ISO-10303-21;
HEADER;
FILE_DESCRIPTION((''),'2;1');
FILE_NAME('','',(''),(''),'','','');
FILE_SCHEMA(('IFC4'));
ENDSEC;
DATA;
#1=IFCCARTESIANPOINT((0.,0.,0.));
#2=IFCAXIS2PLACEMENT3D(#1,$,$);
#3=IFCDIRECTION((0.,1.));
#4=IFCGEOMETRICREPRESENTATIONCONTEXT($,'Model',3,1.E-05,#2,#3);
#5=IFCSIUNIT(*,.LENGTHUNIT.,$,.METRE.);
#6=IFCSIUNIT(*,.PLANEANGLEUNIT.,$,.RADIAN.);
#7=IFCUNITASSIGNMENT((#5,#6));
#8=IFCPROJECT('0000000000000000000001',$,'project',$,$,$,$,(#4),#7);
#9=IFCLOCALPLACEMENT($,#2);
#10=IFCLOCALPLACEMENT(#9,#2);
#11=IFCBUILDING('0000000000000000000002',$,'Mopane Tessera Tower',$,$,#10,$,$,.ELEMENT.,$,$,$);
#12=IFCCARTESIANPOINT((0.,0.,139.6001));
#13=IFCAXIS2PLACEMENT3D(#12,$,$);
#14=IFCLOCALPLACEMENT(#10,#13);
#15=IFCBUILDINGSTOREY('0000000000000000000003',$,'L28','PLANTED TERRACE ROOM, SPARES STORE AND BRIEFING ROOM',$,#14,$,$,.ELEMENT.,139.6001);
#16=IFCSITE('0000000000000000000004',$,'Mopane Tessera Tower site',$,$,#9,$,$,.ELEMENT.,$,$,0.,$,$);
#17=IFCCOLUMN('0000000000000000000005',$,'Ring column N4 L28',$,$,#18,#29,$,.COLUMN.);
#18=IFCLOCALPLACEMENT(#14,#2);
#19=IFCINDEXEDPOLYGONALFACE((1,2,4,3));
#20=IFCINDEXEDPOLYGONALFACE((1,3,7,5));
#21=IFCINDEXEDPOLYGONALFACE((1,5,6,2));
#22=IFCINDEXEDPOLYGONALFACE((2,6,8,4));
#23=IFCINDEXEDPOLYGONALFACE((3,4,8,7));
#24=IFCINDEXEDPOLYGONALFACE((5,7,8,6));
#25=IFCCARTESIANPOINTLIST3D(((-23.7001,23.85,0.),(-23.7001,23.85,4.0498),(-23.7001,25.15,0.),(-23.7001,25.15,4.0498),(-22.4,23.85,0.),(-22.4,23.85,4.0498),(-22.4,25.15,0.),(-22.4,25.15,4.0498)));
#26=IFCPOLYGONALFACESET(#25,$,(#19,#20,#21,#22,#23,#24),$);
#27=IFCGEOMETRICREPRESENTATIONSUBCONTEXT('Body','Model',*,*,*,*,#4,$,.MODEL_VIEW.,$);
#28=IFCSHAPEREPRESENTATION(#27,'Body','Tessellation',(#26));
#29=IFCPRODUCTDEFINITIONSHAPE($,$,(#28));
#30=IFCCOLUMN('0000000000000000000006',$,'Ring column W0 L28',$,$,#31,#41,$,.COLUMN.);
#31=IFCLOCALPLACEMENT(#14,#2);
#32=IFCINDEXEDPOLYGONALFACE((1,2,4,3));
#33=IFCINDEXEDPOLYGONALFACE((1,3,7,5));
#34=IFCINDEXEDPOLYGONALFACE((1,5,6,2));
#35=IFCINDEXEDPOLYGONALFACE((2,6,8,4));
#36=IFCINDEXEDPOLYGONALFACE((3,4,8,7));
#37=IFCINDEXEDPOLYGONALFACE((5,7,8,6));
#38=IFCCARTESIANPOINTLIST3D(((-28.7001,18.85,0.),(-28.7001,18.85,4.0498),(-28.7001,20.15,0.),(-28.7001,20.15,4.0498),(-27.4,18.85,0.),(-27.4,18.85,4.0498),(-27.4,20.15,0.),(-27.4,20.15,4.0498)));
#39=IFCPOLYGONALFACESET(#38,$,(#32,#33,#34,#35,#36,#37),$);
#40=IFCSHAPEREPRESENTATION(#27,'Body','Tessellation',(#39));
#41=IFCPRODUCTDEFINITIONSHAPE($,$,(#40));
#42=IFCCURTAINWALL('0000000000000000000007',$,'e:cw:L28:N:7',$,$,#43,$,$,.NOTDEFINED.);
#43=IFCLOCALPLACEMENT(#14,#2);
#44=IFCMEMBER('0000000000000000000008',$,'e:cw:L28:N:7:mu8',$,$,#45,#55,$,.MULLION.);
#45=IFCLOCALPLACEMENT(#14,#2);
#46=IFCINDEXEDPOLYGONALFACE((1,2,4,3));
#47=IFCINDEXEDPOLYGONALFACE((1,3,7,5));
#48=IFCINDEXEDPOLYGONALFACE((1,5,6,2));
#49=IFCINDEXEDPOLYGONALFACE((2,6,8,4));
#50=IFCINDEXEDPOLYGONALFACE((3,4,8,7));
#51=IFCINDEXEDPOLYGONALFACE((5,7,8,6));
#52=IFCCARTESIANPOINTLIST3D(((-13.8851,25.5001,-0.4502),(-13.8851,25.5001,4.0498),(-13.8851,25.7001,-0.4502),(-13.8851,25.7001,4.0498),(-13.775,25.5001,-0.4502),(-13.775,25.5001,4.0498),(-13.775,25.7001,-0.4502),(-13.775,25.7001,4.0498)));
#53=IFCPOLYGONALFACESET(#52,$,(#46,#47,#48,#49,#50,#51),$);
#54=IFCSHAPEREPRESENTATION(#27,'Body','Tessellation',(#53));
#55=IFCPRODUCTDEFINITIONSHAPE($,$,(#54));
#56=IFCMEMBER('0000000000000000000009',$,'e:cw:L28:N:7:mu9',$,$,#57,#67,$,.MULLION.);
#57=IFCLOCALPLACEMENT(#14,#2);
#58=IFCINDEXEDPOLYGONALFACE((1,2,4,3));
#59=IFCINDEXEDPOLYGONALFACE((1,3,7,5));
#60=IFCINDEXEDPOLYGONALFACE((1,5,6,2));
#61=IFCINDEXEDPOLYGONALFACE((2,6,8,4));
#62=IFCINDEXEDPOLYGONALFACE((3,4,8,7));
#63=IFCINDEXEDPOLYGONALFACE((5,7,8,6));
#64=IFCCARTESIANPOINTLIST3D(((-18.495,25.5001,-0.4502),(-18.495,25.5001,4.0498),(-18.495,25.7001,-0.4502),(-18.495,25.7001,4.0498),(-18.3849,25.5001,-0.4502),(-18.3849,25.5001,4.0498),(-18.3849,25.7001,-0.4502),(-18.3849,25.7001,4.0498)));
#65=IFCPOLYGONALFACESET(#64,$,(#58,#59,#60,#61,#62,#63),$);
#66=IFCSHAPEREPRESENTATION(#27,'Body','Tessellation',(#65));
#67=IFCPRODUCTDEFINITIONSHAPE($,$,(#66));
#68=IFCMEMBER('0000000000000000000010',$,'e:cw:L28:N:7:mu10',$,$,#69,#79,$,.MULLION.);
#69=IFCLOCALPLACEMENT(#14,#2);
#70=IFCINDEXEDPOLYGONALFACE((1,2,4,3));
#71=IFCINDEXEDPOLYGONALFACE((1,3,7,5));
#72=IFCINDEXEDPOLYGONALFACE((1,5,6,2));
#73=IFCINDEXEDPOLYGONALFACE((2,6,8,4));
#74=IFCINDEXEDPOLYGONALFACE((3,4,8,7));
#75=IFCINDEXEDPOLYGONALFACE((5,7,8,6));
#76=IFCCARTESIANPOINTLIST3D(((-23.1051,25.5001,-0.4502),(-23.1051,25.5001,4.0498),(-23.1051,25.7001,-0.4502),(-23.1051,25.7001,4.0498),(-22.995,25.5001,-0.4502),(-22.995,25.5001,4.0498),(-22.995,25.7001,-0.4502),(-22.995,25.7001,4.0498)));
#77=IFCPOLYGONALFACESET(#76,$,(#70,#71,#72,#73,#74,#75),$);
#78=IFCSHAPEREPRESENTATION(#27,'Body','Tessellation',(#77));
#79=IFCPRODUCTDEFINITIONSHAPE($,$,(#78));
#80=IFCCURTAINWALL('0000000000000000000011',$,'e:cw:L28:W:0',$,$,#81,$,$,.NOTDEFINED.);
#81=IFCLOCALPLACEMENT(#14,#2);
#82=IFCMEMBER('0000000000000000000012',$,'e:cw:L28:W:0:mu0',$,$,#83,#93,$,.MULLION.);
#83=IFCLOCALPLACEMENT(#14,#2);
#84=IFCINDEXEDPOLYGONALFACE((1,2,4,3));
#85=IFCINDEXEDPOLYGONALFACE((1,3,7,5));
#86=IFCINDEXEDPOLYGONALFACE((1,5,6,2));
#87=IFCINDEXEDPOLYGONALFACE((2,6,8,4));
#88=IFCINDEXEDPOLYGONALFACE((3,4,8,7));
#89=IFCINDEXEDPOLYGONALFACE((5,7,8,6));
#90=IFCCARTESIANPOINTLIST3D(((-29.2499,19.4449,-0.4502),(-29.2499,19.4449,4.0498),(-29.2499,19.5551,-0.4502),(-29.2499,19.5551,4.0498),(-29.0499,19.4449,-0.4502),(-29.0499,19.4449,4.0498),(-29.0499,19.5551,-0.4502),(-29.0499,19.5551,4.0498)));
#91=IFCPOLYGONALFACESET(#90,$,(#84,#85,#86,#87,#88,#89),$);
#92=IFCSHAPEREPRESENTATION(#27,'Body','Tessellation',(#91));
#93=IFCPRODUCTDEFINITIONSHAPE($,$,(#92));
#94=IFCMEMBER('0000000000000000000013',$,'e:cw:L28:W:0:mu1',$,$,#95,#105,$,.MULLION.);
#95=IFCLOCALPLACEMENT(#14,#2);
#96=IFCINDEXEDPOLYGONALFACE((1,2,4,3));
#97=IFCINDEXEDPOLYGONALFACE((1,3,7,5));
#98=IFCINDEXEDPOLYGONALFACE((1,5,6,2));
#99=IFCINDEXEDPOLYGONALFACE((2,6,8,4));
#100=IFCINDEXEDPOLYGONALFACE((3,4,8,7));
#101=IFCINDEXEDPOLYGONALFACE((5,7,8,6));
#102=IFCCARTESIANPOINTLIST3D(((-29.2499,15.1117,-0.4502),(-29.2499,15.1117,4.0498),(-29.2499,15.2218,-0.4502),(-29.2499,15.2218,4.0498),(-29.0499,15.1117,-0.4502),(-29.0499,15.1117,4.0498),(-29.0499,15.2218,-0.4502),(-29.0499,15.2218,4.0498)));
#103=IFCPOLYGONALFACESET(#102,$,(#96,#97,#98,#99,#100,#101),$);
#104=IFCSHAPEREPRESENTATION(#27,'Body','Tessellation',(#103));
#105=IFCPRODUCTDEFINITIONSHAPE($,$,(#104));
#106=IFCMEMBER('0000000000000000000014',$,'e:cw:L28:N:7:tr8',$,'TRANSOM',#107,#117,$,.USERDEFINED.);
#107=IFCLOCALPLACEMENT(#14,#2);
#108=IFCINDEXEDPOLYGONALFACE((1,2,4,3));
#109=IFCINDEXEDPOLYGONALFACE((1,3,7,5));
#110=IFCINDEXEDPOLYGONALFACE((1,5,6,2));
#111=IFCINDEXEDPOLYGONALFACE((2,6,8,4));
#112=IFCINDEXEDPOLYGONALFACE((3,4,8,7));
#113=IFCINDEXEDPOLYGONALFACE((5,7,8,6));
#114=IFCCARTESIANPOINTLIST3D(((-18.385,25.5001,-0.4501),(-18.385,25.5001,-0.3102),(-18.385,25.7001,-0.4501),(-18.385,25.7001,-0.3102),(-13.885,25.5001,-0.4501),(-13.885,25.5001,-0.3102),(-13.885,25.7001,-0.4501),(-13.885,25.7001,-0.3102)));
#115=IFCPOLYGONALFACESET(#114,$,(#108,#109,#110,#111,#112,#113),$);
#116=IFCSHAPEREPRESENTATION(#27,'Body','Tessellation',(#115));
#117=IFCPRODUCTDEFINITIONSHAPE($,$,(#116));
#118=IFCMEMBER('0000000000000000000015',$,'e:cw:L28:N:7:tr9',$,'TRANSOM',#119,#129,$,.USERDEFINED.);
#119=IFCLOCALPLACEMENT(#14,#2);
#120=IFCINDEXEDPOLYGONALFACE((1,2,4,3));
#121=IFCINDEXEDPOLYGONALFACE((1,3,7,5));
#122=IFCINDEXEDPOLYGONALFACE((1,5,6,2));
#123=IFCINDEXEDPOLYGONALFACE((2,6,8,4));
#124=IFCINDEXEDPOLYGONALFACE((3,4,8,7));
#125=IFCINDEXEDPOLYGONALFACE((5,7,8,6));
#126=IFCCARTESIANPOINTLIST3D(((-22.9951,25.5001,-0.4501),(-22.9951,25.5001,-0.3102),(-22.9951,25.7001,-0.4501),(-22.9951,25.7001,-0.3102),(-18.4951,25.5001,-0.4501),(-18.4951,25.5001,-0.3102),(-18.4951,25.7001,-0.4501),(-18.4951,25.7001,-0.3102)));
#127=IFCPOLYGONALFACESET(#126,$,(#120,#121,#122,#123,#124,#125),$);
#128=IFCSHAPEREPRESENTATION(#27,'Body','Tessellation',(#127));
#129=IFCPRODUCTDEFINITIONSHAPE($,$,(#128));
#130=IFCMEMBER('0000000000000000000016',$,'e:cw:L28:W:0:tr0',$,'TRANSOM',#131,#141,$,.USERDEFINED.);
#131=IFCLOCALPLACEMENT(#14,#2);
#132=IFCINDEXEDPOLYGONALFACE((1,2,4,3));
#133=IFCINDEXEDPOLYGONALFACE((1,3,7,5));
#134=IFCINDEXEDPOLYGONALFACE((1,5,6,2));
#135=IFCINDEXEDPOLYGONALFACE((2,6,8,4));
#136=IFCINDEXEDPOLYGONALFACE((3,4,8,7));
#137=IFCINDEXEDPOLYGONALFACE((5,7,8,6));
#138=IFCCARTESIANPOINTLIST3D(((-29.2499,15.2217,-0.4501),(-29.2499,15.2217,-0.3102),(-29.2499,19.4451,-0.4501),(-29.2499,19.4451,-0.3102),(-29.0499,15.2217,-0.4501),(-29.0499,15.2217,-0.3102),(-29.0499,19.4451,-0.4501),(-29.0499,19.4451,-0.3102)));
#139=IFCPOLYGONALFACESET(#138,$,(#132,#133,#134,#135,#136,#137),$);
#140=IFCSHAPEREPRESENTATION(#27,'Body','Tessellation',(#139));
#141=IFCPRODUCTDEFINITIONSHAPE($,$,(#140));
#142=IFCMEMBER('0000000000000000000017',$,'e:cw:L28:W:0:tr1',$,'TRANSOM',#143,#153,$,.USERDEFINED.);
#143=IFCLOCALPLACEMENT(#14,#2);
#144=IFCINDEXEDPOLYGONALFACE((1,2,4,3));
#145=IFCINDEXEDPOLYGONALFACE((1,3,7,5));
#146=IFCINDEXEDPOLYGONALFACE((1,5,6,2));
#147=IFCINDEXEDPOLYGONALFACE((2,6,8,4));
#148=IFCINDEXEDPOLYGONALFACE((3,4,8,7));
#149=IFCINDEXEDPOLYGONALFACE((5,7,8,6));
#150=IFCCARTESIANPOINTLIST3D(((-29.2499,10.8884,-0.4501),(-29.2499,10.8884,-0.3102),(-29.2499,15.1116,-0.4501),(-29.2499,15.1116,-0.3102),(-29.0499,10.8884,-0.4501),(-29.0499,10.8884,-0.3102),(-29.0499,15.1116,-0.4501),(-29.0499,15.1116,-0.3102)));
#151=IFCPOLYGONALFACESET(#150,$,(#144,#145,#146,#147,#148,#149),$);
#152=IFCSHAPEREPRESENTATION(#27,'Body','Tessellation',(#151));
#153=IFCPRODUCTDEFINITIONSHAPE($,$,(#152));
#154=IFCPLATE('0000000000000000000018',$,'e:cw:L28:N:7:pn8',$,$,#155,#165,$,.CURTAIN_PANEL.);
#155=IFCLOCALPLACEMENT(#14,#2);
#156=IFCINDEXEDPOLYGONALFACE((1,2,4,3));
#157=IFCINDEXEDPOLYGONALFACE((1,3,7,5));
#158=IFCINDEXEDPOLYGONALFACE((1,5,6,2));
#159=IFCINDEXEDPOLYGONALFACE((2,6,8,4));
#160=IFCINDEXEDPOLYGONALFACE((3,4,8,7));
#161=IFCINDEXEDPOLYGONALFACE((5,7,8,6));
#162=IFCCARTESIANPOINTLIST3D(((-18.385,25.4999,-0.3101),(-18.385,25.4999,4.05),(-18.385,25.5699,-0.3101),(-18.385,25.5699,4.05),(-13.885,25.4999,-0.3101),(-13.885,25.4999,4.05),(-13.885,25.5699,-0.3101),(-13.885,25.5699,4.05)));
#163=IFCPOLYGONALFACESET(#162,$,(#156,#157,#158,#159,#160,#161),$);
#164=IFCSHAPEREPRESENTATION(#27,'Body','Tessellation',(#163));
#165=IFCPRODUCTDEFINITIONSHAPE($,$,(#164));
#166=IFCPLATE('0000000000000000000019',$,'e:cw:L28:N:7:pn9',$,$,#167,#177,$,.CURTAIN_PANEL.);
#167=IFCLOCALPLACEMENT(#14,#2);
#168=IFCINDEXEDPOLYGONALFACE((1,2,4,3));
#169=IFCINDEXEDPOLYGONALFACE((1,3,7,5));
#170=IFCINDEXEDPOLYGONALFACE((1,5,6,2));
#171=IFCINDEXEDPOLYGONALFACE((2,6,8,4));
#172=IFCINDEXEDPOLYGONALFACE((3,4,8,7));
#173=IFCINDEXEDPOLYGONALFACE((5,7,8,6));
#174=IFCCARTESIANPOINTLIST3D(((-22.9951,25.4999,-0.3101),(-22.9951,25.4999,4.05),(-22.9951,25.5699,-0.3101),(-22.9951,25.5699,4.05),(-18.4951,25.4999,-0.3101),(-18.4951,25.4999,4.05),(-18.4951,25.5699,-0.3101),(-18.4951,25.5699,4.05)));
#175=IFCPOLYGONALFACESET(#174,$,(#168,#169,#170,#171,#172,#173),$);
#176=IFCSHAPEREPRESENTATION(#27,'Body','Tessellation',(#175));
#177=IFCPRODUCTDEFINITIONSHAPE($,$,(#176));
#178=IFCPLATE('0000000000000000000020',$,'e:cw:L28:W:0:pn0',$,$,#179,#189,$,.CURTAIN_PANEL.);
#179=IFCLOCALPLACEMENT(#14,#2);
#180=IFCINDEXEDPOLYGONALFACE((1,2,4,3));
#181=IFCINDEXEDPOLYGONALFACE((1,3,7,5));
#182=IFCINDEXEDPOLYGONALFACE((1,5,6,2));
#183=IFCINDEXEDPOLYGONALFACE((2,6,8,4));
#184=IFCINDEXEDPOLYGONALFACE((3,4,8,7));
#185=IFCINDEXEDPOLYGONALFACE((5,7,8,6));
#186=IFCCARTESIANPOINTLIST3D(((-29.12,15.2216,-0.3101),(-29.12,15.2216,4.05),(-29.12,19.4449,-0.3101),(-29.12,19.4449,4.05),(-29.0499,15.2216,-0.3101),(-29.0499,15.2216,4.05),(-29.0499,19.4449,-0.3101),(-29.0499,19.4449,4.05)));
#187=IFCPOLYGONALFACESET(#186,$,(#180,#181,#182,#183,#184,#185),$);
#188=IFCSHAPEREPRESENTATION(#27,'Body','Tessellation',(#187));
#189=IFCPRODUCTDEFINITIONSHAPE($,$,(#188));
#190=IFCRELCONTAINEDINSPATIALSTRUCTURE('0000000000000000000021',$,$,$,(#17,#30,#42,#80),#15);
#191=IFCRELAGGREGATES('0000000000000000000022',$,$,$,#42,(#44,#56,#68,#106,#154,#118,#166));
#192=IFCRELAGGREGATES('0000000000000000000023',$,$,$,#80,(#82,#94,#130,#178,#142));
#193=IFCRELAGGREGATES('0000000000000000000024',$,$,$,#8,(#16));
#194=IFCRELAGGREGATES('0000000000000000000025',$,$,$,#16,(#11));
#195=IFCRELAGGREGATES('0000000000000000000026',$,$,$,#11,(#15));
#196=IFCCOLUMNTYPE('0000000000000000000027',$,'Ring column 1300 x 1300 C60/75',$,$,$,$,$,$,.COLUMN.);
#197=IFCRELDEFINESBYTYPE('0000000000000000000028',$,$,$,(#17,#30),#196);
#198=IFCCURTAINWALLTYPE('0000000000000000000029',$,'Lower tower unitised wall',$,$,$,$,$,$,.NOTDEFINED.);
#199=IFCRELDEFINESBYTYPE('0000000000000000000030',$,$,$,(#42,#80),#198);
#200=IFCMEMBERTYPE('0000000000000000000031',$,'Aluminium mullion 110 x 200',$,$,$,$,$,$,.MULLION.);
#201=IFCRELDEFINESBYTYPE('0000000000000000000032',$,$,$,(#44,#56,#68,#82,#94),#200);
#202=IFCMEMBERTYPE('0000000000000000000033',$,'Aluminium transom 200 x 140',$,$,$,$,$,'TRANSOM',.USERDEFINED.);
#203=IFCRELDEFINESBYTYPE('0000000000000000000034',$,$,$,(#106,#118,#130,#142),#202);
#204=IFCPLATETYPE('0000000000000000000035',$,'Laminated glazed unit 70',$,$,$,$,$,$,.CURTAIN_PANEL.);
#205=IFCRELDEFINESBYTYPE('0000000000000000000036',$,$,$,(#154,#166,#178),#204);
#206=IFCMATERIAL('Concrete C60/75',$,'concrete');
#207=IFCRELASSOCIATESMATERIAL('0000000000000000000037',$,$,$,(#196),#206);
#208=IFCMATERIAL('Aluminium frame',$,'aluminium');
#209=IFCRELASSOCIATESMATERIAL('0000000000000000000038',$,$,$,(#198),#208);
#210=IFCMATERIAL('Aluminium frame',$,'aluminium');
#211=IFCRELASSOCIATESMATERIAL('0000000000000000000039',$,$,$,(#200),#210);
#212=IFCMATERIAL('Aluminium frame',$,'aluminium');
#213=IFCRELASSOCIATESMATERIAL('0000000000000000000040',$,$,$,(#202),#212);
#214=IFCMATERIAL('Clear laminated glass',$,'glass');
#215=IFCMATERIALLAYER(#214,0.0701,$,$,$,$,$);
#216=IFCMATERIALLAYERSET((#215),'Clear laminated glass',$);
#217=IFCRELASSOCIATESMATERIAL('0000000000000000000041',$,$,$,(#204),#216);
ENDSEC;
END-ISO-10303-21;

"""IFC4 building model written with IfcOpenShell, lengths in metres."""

from ifc_helpers import new_model, si_unit, direction, frame, origin, origin_2d, place, context, subcontext, project, spatial, rectangle, extrude, material, layer, layer_set, material_profile, profile_set, type_object, element, aggregate, save


model = new_model("IFC4")

# Units and contexts
model_context = context("Model", 3, precision=1e-05, world=origin(), true_north=direction((0.0, 1.0)))
body_context = subcontext(model_context, "Body", "Model", "MODEL_VIEW")
ifc_project = project(units=[si_unit("LENGTHUNIT", "METRE"), si_unit("PLANEANGLEUNIT", "RADIAN")], contexts=[model_context])

# Site, building, storey
site_placement = place(None, origin())
site = spatial("IfcSite", under=ifc_project, at=site_placement, Name="Mopane Tessera Tower site", CompositionType="ELEMENT", RefElevation=0.0)
building_placement = place(site_placement, origin())
building = spatial("IfcBuilding", under=site, at=building_placement, Name="Mopane Tessera Tower", CompositionType="ELEMENT")
storey_placement = place(building_placement, frame((0.0, 0.0, 139.6001)))
storey = spatial("IfcBuildingStorey", under=building, at=storey_placement, Name="L28", Description="PLANTED TERRACE ROOM, SPARES STORE AND BRIEFING ROOM", CompositionType="ELEMENT", Elevation=139.6001)

# Columns
ifc_material_1 = material(Name="Concrete C60/75", Category="concrete")
ifc_material_profile_1 = material_profile(ifc_material_1, rectangle(XDim=1.3, YDim=1.3, at=origin_2d()))
ifc_profile_set_1 = profile_set([ifc_material_profile_1], Name="Concrete C60/75")
column_type = type_object("IfcColumnType", Name="Ring column 1300 x 1300 C60/75", PredefinedType="COLUMN", material=ifc_profile_set_1)
for number, where, z_axis, x_axis, name in (
    (1, (-23.05, 24.5, 0.0), (0.0, 0.0, 1.0), (1.0, 0.0, 0.0), "Ring column N4 L28"),
    (2, (-28.05, 19.5, 0.0), (0.0, 0.0, 1.0), (1.0, 0.0, 0.0), "Ring column W0 L28"),
):
    element("IfcColumn", number, at=place(storey_placement, frame(where, z_axis=z_axis, x_axis=x_axis)), inside=storey, type_object=column_type, Name=name, PredefinedType="COLUMN", context=body_context, shape_type="SweptSolid", body=[
        extrude(rectangle(XDim=1.3, YDim=1.3, at=origin_2d()), origin(), (0.0, 0.0, 1.0), 4.0498),
    ])

# Curtain walls, members
ifc_material_2 = material(Name="Aluminium frame", Category="aluminium")
curtain_wall_type = type_object("IfcCurtainWallType", Name="Lower tower unitised wall", PredefinedType="NOTDEFINED", material=ifc_material_2)
curtain_wall_1_placement = place(storey_placement, origin())
curtain_wall_1 = element("IfcCurtainWall", 3, at=curtain_wall_1_placement, inside=storey, type_object=curtain_wall_type, Name="e:cw:L28:N:7", PredefinedType="NOTDEFINED")
ifc_material_3 = material(Name="Aluminium frame", Category="aluminium")
ifc_material_profile_2 = material_profile(ifc_material_3, rectangle(XDim=0.1101, YDim=0.2, at=origin_2d()))
ifc_profile_set_2 = profile_set([ifc_material_profile_2], Name="Aluminium frame")
member_type_1 = type_object("IfcMemberType", Name="Aluminium mullion 110 x 200", PredefinedType="MULLION", material=ifc_profile_set_2)
member_1_placement = place(storey_placement, frame((-13.8301, 25.6001, -0.4502), z_axis=(0.0, 0.0, 1.0), x_axis=(-1.0, 0.0, 0.0)))
member_1 = element("IfcMember", 4, at=member_1_placement, type_object=member_type_1, Name="e:cw:L28:N:7:mu8", PredefinedType="MULLION", context=body_context, shape_type="SweptSolid", body=[
    extrude(rectangle(XDim=0.1101, YDim=0.2, at=origin_2d()), origin(), (0.0, 0.0, 1.0), 4.5),
])
member_2_placement = place(storey_placement, frame((-18.4399, 25.6001, -0.4502), z_axis=(0.0, 0.0, 1.0), x_axis=(-1.0, 0.0, 0.0)))
member_2 = element("IfcMember", 5, at=member_2_placement, type_object=member_type_1, Name="e:cw:L28:N:7:mu9", PredefinedType="MULLION", context=body_context, shape_type="SweptSolid", body=[
    extrude(rectangle(XDim=0.1101, YDim=0.2, at=origin_2d()), origin(), (0.0, 0.0, 1.0), 4.5),
])
member_3_placement = place(storey_placement, frame((-23.05, 25.6001, -0.4502), z_axis=(0.0, 0.0, 1.0), x_axis=(-1.0, 0.0, 0.0)))
member_3 = element("IfcMember", 6, at=member_3_placement, type_object=member_type_1, Name="e:cw:L28:N:7:mu10", PredefinedType="MULLION", context=body_context, shape_type="SweptSolid", body=[
    extrude(rectangle(XDim=0.1101, YDim=0.2, at=origin_2d()), origin(), (0.0, 0.0, 1.0), 4.5),
])
curtain_wall_2_placement = place(storey_placement, origin())
curtain_wall_2 = element("IfcCurtainWall", 7, at=curtain_wall_2_placement, inside=storey, type_object=curtain_wall_type, Name="e:cw:L28:W:0", PredefinedType="NOTDEFINED")
member_4_placement = place(storey_placement, frame((-29.1499, 19.5, -0.4502), z_axis=(0.0, 0.0, 1.0), x_axis=(0.0, -1.0, 0.0)))
member_4 = element("IfcMember", 8, at=member_4_placement, type_object=member_type_1, Name="e:cw:L28:W:0:mu0", PredefinedType="MULLION", context=body_context, shape_type="SweptSolid", body=[
    extrude(rectangle(XDim=0.1101, YDim=0.2, at=origin_2d()), origin(), (0.0, 0.0, 1.0), 4.5),
])
member_5_placement = place(storey_placement, frame((-29.1499, 15.1667, -0.4502), z_axis=(0.0, 0.0, 1.0), x_axis=(0.0, -1.0, 0.0)))
member_5 = element("IfcMember", 9, at=member_5_placement, type_object=member_type_1, Name="e:cw:L28:W:0:mu1", PredefinedType="MULLION", context=body_context, shape_type="SweptSolid", body=[
    extrude(rectangle(XDim=0.1101, YDim=0.2, at=origin_2d()), origin(), (0.0, 0.0, 1.0), 4.5),
])

# Members
ifc_material_4 = material(Name="Aluminium frame", Category="aluminium")
ifc_material_profile_3 = material_profile(ifc_material_4, rectangle(XDim=0.2, YDim=0.1399, at=origin_2d()))
ifc_profile_set_3 = profile_set([ifc_material_profile_3], Name="Aluminium frame")
member_type_2 = type_object("IfcMemberType", Name="Aluminium transom 200 x 140", ElementType="TRANSOM", PredefinedType="USERDEFINED", material=ifc_profile_set_3)
member_6_placement = place(storey_placement, frame((-13.885, 25.6001, -0.3801), z_axis=(-1.0, 0.0, 0.0), x_axis=(0.0, -1.0, 0.0)))
member_6 = element("IfcMember", 10, at=member_6_placement, type_object=member_type_2, Name="e:cw:L28:N:7:tr8", ObjectType="TRANSOM", PredefinedType="USERDEFINED", context=body_context, shape_type="SweptSolid", body=[
    extrude(rectangle(XDim=0.2, YDim=0.1399, at=origin_2d()), origin(), (0.0, 0.0, 1.0), 4.5),
])
member_7_placement = place(storey_placement, frame((-18.4951, 25.6001, -0.3801), z_axis=(-1.0, 0.0, 0.0), x_axis=(0.0, -1.0, 0.0)))
member_7 = element("IfcMember", 11, at=member_7_placement, type_object=member_type_2, Name="e:cw:L28:N:7:tr9", ObjectType="TRANSOM", PredefinedType="USERDEFINED", context=body_context, shape_type="SweptSolid", body=[
    extrude(rectangle(XDim=0.2, YDim=0.1399, at=origin_2d()), origin(), (0.0, 0.0, 1.0), 4.5),
])
member_8_placement = place(storey_placement, frame((-29.1499, 19.4451, -0.3801), z_axis=(0.0, -1.0, 0.0), x_axis=(1.0, 0.0, 0.0)))
member_8 = element("IfcMember", 12, at=member_8_placement, type_object=member_type_2, Name="e:cw:L28:W:0:tr0", ObjectType="TRANSOM", PredefinedType="USERDEFINED", context=body_context, shape_type="SweptSolid", body=[
    extrude(rectangle(XDim=0.2, YDim=0.1399, at=origin_2d()), origin(), (0.0, 0.0, 1.0), 4.2234),
])
member_9_placement = place(storey_placement, frame((-29.1499, 15.1116, -0.3801), z_axis=(0.0, -1.0, 0.0), x_axis=(1.0, 0.0, 0.0)))
member_9 = element("IfcMember", 13, at=member_9_placement, type_object=member_type_2, Name="e:cw:L28:W:0:tr1", ObjectType="TRANSOM", PredefinedType="USERDEFINED", context=body_context, shape_type="SweptSolid", body=[
    extrude(rectangle(XDim=0.2, YDim=0.1399, at=origin_2d()), origin(), (0.0, 0.0, 1.0), 4.2231),
])

# Plates
ifc_material_5 = material(Name="Clear laminated glass", Category="glass")
ifc_layer_1 = layer(ifc_material_5, 0.0701)
ifc_layer_set_1 = layer_set([ifc_layer_1], Name="Clear laminated glass")
plate_type = type_object("IfcPlateType", Name="Laminated glazed unit 70", PredefinedType="CURTAIN_PANEL", material=ifc_layer_set_1)
plate_1_placement = place(storey_placement, frame((-16.135, 25.5349, -0.3101), z_axis=(0.0, 0.0, 1.0), x_axis=(-1.0, 0.0, 0.0)))
plate_1 = element("IfcPlate", 14, at=plate_1_placement, type_object=plate_type, Name="e:cw:L28:N:7:pn8", PredefinedType="CURTAIN_PANEL", context=body_context, shape_type="SweptSolid", body=[
    extrude(rectangle(XDim=4.5, YDim=0.0701, at=origin_2d()), origin(), (0.0, 0.0, 1.0), 4.3601),
])
plate_2_placement = place(storey_placement, frame((-20.7451, 25.5349, -0.3101), z_axis=(0.0, 0.0, 1.0), x_axis=(-1.0, 0.0, 0.0)))
plate_2 = element("IfcPlate", 15, at=plate_2_placement, type_object=plate_type, Name="e:cw:L28:N:7:pn9", PredefinedType="CURTAIN_PANEL", context=body_context, shape_type="SweptSolid", body=[
    extrude(rectangle(XDim=4.5, YDim=0.0701, at=origin_2d()), origin(), (0.0, 0.0, 1.0), 4.3601),
])
aggregate(curtain_wall_1, [member_1, member_2, member_3, member_6, plate_1, member_7, plate_2])
plate_3_placement = place(storey_placement, frame((-29.085, 17.3333, -0.3101), z_axis=(0.0, 0.0, 1.0), x_axis=(0.0, -1.0, 0.0)))
plate_3 = element("IfcPlate", 16, at=plate_3_placement, type_object=plate_type, Name="e:cw:L28:W:0:pn0", PredefinedType="CURTAIN_PANEL", context=body_context, shape_type="SweptSolid", body=[
    extrude(rectangle(XDim=4.2234, YDim=0.0701, at=origin_2d()), origin(), (0.0, 0.0, 1.0), 4.3601),
])
aggregate(curtain_wall_2, [member_4, member_5, member_8, plate_3, member_9])

save(model, "model.ifc")
